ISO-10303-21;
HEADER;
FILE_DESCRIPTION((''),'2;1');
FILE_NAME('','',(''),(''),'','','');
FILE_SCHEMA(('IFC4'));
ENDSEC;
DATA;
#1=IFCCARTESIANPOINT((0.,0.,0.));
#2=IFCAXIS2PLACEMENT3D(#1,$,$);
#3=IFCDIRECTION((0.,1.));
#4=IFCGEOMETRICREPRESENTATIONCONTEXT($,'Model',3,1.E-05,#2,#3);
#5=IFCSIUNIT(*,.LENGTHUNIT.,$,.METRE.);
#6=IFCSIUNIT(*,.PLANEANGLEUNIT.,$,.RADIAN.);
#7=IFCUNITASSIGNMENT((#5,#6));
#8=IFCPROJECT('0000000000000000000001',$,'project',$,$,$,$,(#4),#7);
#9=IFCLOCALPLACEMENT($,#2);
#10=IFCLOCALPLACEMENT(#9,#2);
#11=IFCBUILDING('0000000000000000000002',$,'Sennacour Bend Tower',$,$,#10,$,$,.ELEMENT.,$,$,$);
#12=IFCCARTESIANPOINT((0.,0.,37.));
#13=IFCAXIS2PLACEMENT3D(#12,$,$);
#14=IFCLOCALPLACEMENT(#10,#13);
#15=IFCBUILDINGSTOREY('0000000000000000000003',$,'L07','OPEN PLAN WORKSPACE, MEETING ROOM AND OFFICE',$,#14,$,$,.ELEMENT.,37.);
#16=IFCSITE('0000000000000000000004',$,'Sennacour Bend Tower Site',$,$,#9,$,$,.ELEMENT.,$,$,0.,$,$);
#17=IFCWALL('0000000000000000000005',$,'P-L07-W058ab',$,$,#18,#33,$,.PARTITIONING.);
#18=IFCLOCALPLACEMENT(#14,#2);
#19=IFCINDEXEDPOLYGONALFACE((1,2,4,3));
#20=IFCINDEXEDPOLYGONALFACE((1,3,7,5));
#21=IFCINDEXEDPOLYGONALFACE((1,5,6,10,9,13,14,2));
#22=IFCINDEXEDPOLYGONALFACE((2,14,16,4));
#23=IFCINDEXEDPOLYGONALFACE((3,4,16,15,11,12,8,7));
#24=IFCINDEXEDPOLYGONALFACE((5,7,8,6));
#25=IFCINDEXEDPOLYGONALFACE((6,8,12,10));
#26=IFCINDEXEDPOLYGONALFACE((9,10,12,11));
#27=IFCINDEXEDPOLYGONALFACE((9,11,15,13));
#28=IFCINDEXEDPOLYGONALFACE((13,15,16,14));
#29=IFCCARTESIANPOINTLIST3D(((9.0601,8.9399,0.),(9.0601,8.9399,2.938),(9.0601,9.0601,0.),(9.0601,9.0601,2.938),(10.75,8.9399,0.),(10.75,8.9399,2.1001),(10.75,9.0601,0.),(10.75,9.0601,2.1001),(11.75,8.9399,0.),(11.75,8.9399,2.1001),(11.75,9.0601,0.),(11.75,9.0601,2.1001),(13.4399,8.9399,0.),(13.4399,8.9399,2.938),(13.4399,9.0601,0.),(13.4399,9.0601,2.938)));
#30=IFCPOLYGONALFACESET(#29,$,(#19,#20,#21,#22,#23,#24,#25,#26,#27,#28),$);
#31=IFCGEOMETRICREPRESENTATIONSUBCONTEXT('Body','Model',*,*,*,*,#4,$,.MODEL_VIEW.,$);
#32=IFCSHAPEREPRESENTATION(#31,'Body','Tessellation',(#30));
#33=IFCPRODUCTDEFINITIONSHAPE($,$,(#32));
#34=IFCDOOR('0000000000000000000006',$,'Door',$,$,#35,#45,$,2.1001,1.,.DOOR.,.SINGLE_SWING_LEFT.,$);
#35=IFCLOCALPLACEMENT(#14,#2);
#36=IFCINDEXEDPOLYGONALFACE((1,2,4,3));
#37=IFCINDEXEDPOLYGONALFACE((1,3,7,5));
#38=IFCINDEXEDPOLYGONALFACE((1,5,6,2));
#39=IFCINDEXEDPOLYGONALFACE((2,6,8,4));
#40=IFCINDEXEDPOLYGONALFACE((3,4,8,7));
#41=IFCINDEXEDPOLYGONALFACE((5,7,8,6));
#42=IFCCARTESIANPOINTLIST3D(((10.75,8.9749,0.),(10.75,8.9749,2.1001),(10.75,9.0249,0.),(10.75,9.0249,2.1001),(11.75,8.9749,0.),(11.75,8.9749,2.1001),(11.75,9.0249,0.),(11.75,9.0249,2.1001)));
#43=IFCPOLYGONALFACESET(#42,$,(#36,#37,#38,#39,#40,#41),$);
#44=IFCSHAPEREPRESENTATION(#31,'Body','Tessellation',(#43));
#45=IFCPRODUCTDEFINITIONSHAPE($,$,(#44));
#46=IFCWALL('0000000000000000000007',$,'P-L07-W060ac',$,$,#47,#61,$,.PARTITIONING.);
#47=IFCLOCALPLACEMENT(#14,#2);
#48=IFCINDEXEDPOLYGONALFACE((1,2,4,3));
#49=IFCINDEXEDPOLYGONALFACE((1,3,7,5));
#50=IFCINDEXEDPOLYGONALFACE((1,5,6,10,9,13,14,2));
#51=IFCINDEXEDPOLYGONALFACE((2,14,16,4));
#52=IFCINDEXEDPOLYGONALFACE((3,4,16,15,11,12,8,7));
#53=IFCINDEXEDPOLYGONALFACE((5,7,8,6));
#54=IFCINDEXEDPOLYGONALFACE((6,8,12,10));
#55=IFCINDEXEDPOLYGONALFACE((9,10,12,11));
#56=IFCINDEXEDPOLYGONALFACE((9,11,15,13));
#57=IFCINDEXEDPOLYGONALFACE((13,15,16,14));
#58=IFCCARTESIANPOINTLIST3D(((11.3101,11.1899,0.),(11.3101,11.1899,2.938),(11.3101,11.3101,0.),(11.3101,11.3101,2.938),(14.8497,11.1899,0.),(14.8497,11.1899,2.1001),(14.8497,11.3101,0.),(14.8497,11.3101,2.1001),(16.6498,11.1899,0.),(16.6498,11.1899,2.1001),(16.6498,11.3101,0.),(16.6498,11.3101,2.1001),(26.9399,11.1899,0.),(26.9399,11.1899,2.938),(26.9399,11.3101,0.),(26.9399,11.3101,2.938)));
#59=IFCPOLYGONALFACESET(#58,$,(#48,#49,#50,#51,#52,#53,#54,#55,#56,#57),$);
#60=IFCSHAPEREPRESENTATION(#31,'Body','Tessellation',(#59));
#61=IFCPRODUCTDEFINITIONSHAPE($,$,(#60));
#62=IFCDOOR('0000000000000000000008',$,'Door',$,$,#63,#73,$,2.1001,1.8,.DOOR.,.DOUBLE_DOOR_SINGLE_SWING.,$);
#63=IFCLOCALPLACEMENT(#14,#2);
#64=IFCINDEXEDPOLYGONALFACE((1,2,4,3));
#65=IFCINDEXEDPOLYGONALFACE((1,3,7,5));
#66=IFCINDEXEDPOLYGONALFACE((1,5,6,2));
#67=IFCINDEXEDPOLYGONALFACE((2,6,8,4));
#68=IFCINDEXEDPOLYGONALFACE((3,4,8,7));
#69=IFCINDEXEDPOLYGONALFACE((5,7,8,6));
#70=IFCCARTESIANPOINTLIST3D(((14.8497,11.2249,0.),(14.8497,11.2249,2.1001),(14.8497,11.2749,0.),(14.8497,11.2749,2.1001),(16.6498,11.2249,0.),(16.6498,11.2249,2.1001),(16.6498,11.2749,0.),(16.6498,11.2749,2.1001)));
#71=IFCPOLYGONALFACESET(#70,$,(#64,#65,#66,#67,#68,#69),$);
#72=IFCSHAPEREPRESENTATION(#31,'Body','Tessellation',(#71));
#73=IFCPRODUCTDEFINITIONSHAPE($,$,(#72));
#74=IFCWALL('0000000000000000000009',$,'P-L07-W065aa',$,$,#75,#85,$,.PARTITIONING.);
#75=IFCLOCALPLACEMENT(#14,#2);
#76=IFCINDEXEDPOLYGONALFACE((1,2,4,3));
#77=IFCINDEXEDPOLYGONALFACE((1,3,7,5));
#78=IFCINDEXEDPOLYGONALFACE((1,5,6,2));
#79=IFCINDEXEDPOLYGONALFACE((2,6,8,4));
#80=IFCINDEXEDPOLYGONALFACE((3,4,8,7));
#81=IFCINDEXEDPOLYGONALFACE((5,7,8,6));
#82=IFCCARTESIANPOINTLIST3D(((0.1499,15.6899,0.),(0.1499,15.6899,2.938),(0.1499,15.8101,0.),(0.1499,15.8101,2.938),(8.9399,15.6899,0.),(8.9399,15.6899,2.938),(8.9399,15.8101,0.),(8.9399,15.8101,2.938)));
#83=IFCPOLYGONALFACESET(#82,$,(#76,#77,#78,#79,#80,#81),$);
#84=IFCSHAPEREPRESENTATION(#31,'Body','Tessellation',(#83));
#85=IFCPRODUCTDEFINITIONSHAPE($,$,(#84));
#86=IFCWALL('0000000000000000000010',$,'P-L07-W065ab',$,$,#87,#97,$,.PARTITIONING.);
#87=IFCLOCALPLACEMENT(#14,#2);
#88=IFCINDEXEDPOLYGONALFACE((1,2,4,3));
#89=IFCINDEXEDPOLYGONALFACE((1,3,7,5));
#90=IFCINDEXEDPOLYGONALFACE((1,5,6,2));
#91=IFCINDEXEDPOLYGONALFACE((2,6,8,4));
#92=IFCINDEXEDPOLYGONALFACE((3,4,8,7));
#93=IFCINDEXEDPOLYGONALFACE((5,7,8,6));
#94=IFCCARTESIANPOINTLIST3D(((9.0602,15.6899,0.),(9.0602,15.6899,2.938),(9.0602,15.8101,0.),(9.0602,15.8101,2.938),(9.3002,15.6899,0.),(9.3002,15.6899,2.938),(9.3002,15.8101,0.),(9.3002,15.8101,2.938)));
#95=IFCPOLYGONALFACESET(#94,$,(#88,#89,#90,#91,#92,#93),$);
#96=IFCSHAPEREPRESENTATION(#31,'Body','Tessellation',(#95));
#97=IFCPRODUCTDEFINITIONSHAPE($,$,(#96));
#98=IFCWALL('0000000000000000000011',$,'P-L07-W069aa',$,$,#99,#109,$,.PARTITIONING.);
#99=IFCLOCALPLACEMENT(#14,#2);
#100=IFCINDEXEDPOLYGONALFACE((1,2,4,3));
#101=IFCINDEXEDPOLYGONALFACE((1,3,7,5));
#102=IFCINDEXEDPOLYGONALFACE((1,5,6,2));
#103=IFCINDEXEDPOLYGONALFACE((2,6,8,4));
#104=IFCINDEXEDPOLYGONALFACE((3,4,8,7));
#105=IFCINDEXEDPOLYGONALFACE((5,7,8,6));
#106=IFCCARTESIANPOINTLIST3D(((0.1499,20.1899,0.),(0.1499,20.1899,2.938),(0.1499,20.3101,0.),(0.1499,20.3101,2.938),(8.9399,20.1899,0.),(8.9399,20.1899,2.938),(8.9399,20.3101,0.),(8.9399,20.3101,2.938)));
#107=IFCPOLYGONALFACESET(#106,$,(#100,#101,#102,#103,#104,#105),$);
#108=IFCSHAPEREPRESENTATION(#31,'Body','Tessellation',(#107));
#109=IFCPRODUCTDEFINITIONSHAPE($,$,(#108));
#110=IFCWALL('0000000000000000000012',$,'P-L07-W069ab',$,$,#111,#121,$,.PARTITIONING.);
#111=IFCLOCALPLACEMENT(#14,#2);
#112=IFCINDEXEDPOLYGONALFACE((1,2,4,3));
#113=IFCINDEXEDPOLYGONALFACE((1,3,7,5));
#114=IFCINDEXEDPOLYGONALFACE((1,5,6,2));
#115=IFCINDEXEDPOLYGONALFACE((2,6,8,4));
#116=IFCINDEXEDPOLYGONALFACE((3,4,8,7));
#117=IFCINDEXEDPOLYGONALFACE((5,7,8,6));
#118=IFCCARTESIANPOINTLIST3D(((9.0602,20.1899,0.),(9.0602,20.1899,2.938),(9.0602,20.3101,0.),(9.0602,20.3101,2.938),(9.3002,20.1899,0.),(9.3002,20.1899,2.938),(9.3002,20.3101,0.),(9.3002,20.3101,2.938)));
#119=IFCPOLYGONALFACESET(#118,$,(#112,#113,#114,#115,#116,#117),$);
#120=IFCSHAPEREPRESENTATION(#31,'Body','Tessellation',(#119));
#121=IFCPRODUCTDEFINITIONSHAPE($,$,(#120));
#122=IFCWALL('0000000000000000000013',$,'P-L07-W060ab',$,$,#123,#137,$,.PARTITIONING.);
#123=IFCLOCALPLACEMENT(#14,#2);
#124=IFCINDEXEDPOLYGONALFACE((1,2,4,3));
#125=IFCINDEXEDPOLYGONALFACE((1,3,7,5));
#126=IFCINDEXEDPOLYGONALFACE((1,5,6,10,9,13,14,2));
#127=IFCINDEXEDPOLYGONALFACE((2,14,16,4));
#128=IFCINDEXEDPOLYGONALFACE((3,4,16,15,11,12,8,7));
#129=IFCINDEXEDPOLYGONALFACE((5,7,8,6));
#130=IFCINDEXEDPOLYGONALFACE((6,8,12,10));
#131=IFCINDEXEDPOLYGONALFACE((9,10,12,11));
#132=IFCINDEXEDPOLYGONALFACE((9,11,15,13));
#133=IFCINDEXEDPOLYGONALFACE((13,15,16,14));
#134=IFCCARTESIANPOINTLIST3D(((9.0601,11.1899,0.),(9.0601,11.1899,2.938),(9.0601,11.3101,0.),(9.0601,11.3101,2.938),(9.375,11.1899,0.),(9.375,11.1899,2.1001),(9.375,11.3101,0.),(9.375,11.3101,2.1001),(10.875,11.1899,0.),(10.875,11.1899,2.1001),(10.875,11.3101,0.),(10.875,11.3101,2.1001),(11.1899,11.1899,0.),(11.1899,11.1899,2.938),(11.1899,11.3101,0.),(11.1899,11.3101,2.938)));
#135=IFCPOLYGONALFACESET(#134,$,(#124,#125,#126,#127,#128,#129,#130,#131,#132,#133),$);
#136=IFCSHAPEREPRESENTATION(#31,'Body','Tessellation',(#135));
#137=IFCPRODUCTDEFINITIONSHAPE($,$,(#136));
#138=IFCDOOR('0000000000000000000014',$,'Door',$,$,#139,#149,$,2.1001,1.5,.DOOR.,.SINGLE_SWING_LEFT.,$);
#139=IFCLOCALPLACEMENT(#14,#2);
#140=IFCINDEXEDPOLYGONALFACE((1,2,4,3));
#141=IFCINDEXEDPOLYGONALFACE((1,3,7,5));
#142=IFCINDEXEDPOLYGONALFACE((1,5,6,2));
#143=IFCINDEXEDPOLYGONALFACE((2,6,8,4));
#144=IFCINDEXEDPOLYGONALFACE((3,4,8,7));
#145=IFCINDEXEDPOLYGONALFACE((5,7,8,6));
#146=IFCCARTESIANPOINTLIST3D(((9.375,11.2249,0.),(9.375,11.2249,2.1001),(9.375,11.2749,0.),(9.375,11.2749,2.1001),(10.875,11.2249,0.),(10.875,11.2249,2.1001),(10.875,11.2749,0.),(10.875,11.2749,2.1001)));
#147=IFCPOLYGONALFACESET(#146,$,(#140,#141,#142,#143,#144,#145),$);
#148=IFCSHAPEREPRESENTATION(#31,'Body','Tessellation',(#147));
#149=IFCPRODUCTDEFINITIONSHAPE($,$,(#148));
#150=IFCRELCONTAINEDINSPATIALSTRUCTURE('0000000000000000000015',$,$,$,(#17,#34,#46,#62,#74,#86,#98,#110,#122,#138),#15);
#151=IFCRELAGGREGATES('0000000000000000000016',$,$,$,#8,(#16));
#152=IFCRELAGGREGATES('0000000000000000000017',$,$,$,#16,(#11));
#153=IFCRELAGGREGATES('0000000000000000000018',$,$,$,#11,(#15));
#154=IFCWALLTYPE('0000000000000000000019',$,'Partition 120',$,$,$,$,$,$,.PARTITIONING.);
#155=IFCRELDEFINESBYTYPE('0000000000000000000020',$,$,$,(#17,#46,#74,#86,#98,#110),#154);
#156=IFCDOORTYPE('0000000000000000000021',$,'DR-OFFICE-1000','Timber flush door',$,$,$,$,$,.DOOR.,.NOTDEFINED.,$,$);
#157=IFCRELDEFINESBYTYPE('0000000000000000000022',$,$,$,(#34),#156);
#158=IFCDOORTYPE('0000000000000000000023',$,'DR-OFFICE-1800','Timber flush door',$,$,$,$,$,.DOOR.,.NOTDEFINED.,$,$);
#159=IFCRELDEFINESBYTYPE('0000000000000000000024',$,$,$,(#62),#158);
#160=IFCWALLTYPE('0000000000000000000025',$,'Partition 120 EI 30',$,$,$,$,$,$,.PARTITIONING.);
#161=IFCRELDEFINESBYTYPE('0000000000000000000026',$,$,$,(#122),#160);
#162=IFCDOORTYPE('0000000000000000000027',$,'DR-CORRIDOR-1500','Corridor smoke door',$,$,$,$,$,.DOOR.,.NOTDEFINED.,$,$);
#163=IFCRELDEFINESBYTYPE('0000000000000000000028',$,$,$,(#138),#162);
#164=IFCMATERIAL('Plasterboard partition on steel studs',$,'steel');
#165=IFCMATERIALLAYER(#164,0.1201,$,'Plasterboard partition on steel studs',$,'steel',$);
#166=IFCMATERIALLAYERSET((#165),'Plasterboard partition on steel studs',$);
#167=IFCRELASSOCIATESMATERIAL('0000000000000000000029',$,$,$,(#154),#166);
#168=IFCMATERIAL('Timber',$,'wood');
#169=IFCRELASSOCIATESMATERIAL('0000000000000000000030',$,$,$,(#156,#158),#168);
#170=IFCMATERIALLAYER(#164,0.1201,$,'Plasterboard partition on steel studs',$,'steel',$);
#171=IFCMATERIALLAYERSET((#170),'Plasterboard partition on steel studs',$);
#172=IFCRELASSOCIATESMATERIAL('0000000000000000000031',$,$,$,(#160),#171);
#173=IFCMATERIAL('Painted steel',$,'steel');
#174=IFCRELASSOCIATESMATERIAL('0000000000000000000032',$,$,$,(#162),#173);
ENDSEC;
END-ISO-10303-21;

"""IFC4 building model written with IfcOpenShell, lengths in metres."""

from ifc_helpers import new_model, si_unit, direction, frame, frame_2d, origin, place, context, subcontext, project, spatial, rectangle, extrude, material, layer, layer_set, type_object, element, fill, save


model = new_model("IFC4")

# Units and contexts
model_context = context("Model", 3, precision=1e-05, world=origin(), true_north=direction((0.0, 1.0)))
body_context = subcontext(model_context, "Body", "Model", "MODEL_VIEW")
ifc_project = project(units=[si_unit("LENGTHUNIT", "METRE"), si_unit("PLANEANGLEUNIT", "RADIAN")], contexts=[model_context])

# Site, building, storey
site_placement = place(None, origin())
site = spatial("IfcSite", under=ifc_project, at=site_placement, Name="Sennacour Bend Tower Site", CompositionType="ELEMENT", RefElevation=0.0)
building_placement = place(site_placement, origin())
building = spatial("IfcBuilding", under=site, at=building_placement, Name="Sennacour Bend Tower", CompositionType="ELEMENT")
storey_placement = place(building_placement, frame((0.0, 0.0, 37.0)))
storey = spatial("IfcBuildingStorey", under=building, at=storey_placement, Name="L07", Description="OPEN PLAN WORKSPACE, MEETING ROOM AND OFFICE", CompositionType="ELEMENT", Elevation=37.0)

# Walls, openings, doors
ifc_material_1 = material(Name="Plasterboard partition on steel studs", Category="steel")
ifc_layer_1 = layer(ifc_material_1, 0.1201, Name="Plasterboard partition on steel studs", Category="steel")
ifc_layer_set_1 = layer_set([ifc_layer_1], Name="Plasterboard partition on steel studs")
wall_type_1 = type_object("IfcWallType", Name="Partition 120", PredefinedType="PARTITIONING", material=ifc_layer_set_1)
wall_1_placement = place(storey_placement, frame((9.0601, 9.0, 0.0), z_axis=(0.0, 0.0, 1.0), x_axis=(1.0, 0.0, 0.0)))
wall_1 = element("IfcWall", 1, at=wall_1_placement, inside=storey, type_object=wall_type_1, Name="P-L07-W058ab", PredefinedType="PARTITIONING", context=body_context, shape_type="SweptSolid", body=[
    extrude(rectangle(XDim=4.3799, YDim=0.1201, at=frame_2d((2.1899, 0.0))), origin(), (0.0, 0.0, 1.0), 2.938),
])
opening_1_placement = place(wall_1_placement, frame((1.6899, 0.0, 0.0)))
opening_1 = element("IfcOpeningElement", 2, at=opening_1_placement, cuts=wall_1, PredefinedType="OPENING", context=body_context, shape_type="SweptSolid", body=[
    extrude(rectangle(XDim=1.0, YDim=2.1001, at=frame_2d((0.5, 1.05))), frame((0.0, 0.0701, 0.0), z_axis=(0.0, -1.0, 0.0), x_axis=(1.0, 0.0, 0.0)), (0.0, 0.0, 1.0), 0.1401),
])
ifc_material_2 = material(Name="Timber", Category="wood")
door_type_1 = type_object("IfcDoorType", Name="DR-OFFICE-1000", Description="Timber flush door", OperationType="NOTDEFINED", PredefinedType="DOOR", material=ifc_material_2)
door_1_placement = place(opening_1_placement, origin())
door_1 = element("IfcDoor", 3, at=door_1_placement, inside=storey, type_object=door_type_1, Name="Door", OperationType="SINGLE_SWING_LEFT", OverallHeight=2.1001, OverallWidth=1.0, PredefinedType="DOOR", context=body_context, shape_type="SweptSolid", body=[
    extrude(rectangle(XDim=1.0, YDim=2.1001, at=frame_2d((0.5, 1.05))), frame((0.0, 0.0249, 0.0), z_axis=(0.0, -1.0, 0.0), x_axis=(1.0, 0.0, 0.0)), (0.0, 0.0, 1.0), 0.05),
])
fill(opening_1, door_1)
wall_2_placement = place(storey_placement, frame((11.3101, 11.25, 0.0), z_axis=(0.0, 0.0, 1.0), x_axis=(1.0, 0.0, 0.0)))
wall_2 = element("IfcWall", 4, at=wall_2_placement, inside=storey, type_object=wall_type_1, Name="P-L07-W060ac", PredefinedType="PARTITIONING", context=body_context, shape_type="SweptSolid", body=[
    extrude(rectangle(XDim=15.6299, YDim=0.1201, at=frame_2d((7.8149, 0.0))), origin(), (0.0, 0.0, 1.0), 2.938),
])
opening_2_placement = place(wall_2_placement, frame((3.5398, 0.0, 0.0)))
opening_2 = element("IfcOpeningElement", 5, at=opening_2_placement, cuts=wall_2, PredefinedType="OPENING", context=body_context, shape_type="SweptSolid", body=[
    extrude(rectangle(XDim=1.8, YDim=2.1001, at=frame_2d((0.8999, 1.05))), frame((0.0, 0.0701, 0.0), z_axis=(0.0, -1.0, 0.0), x_axis=(1.0, 0.0, 0.0)), (0.0, 0.0, 1.0), 0.1401),
])
door_type_2 = type_object("IfcDoorType", Name="DR-OFFICE-1800", Description="Timber flush door", OperationType="NOTDEFINED", PredefinedType="DOOR", material=ifc_material_2)
door_2_placement = place(opening_2_placement, origin())
door_2 = element("IfcDoor", 6, at=door_2_placement, inside=storey, type_object=door_type_2, Name="Door", OperationType="DOUBLE_DOOR_SINGLE_SWING", OverallHeight=2.1001, OverallWidth=1.8, PredefinedType="DOOR", context=body_context, shape_type="SweptSolid", body=[
    extrude(rectangle(XDim=1.8, YDim=2.1001, at=frame_2d((0.8999, 1.05))), frame((0.0, 0.0249, 0.0), z_axis=(0.0, -1.0, 0.0), x_axis=(1.0, 0.0, 0.0)), (0.0, 0.0, 1.0), 0.05),
])
fill(opening_2, door_2)

# Walls
wall_3_placement = place(storey_placement, frame((0.1499, 15.75, 0.0), z_axis=(0.0, 0.0, 1.0), x_axis=(1.0, 0.0, 0.0)))
element("IfcWall", 7, at=wall_3_placement, inside=storey, type_object=wall_type_1, Name="P-L07-W065aa", PredefinedType="PARTITIONING", context=body_context, shape_type="SweptSolid", body=[
    extrude(rectangle(XDim=8.79, YDim=0.1201, at=frame_2d((4.395, 0.0))), origin(), (0.0, 0.0, 1.0), 2.938),
])
wall_4_placement = place(storey_placement, frame((9.0601, 15.75, 0.0), z_axis=(0.0, 0.0, 1.0), x_axis=(1.0, 0.0, 0.0)))
element("IfcWall", 8, at=wall_4_placement, inside=storey, type_object=wall_type_1, Name="P-L07-W065ab", PredefinedType="PARTITIONING", context=body_context, shape_type="SweptSolid", body=[
    extrude(rectangle(XDim=0.24, YDim=0.1201, at=frame_2d((0.1201, 0.0))), origin(), (0.0, 0.0, 1.0), 2.938),
])
wall_5_placement = place(storey_placement, frame((0.1499, 20.25, 0.0), z_axis=(0.0, 0.0, 1.0), x_axis=(1.0, 0.0, 0.0)))
element("IfcWall", 9, at=wall_5_placement, inside=storey, type_object=wall_type_1, Name="P-L07-W069aa", PredefinedType="PARTITIONING", context=body_context, shape_type="SweptSolid", body=[
    extrude(rectangle(XDim=8.79, YDim=0.1201, at=frame_2d((4.395, 0.0))), origin(), (0.0, 0.0, 1.0), 2.938),
])
wall_6_placement = place(storey_placement, frame((9.0601, 20.25, 0.0), z_axis=(0.0, 0.0, 1.0), x_axis=(1.0, 0.0, 0.0)))
element("IfcWall", 10, at=wall_6_placement, inside=storey, type_object=wall_type_1, Name="P-L07-W069ab", PredefinedType="PARTITIONING", context=body_context, shape_type="SweptSolid", body=[
    extrude(rectangle(XDim=0.24, YDim=0.1201, at=frame_2d((0.1201, 0.0))), origin(), (0.0, 0.0, 1.0), 2.938),
])

# Wall, opening, door
ifc_layer_2 = layer(ifc_material_1, 0.1201, Name="Plasterboard partition on steel studs", Category="steel")
ifc_layer_set_2 = layer_set([ifc_layer_2], Name="Plasterboard partition on steel studs")
wall_type_2 = type_object("IfcWallType", Name="Partition 120 EI 30", PredefinedType="PARTITIONING", material=ifc_layer_set_2)
wall_7_placement = place(storey_placement, frame((9.0601, 11.25, 0.0), z_axis=(0.0, 0.0, 1.0), x_axis=(1.0, 0.0, 0.0)))
wall_7 = element("IfcWall", 11, at=wall_7_placement, inside=storey, type_object=wall_type_2, Name="P-L07-W060ab", PredefinedType="PARTITIONING", context=body_context, shape_type="SweptSolid", body=[
    extrude(rectangle(XDim=2.1299, YDim=0.1201, at=frame_2d((1.0649, 0.0))), origin(), (0.0, 0.0, 1.0), 2.938),
])
opening_3_placement = place(wall_7_placement, frame((0.3149, 0.0, 0.0)))
opening_3 = element("IfcOpeningElement", 12, at=opening_3_placement, cuts=wall_7, PredefinedType="OPENING", context=body_context, shape_type="SweptSolid", body=[
    extrude(rectangle(XDim=1.5, YDim=2.1001, at=frame_2d((0.75, 1.05))), frame((0.0, 0.0701, 0.0), z_axis=(0.0, -1.0, 0.0), x_axis=(1.0, 0.0, 0.0)), (0.0, 0.0, 1.0), 0.1401),
])
ifc_material_3 = material(Name="Painted steel", Category="steel")
door_type_3 = type_object("IfcDoorType", Name="DR-CORRIDOR-1500", Description="Corridor smoke door", OperationType="NOTDEFINED", PredefinedType="DOOR", material=ifc_material_3)
door_3_placement = place(opening_3_placement, origin())
door_3 = element("IfcDoor", 13, at=door_3_placement, inside=storey, type_object=door_type_3, Name="Door", OperationType="SINGLE_SWING_LEFT", OverallHeight=2.1001, OverallWidth=1.5, PredefinedType="DOOR", context=body_context, shape_type="SweptSolid", body=[
    extrude(rectangle(XDim=1.5, YDim=2.1001, at=frame_2d((0.75, 1.05))), frame((0.0, 0.0249, 0.0), z_axis=(0.0, -1.0, 0.0), x_axis=(1.0, 0.0, 0.0)), (0.0, 0.0, 1.0), 0.05),
])
fill(opening_3, door_3)

save(model, "model.ifc")
